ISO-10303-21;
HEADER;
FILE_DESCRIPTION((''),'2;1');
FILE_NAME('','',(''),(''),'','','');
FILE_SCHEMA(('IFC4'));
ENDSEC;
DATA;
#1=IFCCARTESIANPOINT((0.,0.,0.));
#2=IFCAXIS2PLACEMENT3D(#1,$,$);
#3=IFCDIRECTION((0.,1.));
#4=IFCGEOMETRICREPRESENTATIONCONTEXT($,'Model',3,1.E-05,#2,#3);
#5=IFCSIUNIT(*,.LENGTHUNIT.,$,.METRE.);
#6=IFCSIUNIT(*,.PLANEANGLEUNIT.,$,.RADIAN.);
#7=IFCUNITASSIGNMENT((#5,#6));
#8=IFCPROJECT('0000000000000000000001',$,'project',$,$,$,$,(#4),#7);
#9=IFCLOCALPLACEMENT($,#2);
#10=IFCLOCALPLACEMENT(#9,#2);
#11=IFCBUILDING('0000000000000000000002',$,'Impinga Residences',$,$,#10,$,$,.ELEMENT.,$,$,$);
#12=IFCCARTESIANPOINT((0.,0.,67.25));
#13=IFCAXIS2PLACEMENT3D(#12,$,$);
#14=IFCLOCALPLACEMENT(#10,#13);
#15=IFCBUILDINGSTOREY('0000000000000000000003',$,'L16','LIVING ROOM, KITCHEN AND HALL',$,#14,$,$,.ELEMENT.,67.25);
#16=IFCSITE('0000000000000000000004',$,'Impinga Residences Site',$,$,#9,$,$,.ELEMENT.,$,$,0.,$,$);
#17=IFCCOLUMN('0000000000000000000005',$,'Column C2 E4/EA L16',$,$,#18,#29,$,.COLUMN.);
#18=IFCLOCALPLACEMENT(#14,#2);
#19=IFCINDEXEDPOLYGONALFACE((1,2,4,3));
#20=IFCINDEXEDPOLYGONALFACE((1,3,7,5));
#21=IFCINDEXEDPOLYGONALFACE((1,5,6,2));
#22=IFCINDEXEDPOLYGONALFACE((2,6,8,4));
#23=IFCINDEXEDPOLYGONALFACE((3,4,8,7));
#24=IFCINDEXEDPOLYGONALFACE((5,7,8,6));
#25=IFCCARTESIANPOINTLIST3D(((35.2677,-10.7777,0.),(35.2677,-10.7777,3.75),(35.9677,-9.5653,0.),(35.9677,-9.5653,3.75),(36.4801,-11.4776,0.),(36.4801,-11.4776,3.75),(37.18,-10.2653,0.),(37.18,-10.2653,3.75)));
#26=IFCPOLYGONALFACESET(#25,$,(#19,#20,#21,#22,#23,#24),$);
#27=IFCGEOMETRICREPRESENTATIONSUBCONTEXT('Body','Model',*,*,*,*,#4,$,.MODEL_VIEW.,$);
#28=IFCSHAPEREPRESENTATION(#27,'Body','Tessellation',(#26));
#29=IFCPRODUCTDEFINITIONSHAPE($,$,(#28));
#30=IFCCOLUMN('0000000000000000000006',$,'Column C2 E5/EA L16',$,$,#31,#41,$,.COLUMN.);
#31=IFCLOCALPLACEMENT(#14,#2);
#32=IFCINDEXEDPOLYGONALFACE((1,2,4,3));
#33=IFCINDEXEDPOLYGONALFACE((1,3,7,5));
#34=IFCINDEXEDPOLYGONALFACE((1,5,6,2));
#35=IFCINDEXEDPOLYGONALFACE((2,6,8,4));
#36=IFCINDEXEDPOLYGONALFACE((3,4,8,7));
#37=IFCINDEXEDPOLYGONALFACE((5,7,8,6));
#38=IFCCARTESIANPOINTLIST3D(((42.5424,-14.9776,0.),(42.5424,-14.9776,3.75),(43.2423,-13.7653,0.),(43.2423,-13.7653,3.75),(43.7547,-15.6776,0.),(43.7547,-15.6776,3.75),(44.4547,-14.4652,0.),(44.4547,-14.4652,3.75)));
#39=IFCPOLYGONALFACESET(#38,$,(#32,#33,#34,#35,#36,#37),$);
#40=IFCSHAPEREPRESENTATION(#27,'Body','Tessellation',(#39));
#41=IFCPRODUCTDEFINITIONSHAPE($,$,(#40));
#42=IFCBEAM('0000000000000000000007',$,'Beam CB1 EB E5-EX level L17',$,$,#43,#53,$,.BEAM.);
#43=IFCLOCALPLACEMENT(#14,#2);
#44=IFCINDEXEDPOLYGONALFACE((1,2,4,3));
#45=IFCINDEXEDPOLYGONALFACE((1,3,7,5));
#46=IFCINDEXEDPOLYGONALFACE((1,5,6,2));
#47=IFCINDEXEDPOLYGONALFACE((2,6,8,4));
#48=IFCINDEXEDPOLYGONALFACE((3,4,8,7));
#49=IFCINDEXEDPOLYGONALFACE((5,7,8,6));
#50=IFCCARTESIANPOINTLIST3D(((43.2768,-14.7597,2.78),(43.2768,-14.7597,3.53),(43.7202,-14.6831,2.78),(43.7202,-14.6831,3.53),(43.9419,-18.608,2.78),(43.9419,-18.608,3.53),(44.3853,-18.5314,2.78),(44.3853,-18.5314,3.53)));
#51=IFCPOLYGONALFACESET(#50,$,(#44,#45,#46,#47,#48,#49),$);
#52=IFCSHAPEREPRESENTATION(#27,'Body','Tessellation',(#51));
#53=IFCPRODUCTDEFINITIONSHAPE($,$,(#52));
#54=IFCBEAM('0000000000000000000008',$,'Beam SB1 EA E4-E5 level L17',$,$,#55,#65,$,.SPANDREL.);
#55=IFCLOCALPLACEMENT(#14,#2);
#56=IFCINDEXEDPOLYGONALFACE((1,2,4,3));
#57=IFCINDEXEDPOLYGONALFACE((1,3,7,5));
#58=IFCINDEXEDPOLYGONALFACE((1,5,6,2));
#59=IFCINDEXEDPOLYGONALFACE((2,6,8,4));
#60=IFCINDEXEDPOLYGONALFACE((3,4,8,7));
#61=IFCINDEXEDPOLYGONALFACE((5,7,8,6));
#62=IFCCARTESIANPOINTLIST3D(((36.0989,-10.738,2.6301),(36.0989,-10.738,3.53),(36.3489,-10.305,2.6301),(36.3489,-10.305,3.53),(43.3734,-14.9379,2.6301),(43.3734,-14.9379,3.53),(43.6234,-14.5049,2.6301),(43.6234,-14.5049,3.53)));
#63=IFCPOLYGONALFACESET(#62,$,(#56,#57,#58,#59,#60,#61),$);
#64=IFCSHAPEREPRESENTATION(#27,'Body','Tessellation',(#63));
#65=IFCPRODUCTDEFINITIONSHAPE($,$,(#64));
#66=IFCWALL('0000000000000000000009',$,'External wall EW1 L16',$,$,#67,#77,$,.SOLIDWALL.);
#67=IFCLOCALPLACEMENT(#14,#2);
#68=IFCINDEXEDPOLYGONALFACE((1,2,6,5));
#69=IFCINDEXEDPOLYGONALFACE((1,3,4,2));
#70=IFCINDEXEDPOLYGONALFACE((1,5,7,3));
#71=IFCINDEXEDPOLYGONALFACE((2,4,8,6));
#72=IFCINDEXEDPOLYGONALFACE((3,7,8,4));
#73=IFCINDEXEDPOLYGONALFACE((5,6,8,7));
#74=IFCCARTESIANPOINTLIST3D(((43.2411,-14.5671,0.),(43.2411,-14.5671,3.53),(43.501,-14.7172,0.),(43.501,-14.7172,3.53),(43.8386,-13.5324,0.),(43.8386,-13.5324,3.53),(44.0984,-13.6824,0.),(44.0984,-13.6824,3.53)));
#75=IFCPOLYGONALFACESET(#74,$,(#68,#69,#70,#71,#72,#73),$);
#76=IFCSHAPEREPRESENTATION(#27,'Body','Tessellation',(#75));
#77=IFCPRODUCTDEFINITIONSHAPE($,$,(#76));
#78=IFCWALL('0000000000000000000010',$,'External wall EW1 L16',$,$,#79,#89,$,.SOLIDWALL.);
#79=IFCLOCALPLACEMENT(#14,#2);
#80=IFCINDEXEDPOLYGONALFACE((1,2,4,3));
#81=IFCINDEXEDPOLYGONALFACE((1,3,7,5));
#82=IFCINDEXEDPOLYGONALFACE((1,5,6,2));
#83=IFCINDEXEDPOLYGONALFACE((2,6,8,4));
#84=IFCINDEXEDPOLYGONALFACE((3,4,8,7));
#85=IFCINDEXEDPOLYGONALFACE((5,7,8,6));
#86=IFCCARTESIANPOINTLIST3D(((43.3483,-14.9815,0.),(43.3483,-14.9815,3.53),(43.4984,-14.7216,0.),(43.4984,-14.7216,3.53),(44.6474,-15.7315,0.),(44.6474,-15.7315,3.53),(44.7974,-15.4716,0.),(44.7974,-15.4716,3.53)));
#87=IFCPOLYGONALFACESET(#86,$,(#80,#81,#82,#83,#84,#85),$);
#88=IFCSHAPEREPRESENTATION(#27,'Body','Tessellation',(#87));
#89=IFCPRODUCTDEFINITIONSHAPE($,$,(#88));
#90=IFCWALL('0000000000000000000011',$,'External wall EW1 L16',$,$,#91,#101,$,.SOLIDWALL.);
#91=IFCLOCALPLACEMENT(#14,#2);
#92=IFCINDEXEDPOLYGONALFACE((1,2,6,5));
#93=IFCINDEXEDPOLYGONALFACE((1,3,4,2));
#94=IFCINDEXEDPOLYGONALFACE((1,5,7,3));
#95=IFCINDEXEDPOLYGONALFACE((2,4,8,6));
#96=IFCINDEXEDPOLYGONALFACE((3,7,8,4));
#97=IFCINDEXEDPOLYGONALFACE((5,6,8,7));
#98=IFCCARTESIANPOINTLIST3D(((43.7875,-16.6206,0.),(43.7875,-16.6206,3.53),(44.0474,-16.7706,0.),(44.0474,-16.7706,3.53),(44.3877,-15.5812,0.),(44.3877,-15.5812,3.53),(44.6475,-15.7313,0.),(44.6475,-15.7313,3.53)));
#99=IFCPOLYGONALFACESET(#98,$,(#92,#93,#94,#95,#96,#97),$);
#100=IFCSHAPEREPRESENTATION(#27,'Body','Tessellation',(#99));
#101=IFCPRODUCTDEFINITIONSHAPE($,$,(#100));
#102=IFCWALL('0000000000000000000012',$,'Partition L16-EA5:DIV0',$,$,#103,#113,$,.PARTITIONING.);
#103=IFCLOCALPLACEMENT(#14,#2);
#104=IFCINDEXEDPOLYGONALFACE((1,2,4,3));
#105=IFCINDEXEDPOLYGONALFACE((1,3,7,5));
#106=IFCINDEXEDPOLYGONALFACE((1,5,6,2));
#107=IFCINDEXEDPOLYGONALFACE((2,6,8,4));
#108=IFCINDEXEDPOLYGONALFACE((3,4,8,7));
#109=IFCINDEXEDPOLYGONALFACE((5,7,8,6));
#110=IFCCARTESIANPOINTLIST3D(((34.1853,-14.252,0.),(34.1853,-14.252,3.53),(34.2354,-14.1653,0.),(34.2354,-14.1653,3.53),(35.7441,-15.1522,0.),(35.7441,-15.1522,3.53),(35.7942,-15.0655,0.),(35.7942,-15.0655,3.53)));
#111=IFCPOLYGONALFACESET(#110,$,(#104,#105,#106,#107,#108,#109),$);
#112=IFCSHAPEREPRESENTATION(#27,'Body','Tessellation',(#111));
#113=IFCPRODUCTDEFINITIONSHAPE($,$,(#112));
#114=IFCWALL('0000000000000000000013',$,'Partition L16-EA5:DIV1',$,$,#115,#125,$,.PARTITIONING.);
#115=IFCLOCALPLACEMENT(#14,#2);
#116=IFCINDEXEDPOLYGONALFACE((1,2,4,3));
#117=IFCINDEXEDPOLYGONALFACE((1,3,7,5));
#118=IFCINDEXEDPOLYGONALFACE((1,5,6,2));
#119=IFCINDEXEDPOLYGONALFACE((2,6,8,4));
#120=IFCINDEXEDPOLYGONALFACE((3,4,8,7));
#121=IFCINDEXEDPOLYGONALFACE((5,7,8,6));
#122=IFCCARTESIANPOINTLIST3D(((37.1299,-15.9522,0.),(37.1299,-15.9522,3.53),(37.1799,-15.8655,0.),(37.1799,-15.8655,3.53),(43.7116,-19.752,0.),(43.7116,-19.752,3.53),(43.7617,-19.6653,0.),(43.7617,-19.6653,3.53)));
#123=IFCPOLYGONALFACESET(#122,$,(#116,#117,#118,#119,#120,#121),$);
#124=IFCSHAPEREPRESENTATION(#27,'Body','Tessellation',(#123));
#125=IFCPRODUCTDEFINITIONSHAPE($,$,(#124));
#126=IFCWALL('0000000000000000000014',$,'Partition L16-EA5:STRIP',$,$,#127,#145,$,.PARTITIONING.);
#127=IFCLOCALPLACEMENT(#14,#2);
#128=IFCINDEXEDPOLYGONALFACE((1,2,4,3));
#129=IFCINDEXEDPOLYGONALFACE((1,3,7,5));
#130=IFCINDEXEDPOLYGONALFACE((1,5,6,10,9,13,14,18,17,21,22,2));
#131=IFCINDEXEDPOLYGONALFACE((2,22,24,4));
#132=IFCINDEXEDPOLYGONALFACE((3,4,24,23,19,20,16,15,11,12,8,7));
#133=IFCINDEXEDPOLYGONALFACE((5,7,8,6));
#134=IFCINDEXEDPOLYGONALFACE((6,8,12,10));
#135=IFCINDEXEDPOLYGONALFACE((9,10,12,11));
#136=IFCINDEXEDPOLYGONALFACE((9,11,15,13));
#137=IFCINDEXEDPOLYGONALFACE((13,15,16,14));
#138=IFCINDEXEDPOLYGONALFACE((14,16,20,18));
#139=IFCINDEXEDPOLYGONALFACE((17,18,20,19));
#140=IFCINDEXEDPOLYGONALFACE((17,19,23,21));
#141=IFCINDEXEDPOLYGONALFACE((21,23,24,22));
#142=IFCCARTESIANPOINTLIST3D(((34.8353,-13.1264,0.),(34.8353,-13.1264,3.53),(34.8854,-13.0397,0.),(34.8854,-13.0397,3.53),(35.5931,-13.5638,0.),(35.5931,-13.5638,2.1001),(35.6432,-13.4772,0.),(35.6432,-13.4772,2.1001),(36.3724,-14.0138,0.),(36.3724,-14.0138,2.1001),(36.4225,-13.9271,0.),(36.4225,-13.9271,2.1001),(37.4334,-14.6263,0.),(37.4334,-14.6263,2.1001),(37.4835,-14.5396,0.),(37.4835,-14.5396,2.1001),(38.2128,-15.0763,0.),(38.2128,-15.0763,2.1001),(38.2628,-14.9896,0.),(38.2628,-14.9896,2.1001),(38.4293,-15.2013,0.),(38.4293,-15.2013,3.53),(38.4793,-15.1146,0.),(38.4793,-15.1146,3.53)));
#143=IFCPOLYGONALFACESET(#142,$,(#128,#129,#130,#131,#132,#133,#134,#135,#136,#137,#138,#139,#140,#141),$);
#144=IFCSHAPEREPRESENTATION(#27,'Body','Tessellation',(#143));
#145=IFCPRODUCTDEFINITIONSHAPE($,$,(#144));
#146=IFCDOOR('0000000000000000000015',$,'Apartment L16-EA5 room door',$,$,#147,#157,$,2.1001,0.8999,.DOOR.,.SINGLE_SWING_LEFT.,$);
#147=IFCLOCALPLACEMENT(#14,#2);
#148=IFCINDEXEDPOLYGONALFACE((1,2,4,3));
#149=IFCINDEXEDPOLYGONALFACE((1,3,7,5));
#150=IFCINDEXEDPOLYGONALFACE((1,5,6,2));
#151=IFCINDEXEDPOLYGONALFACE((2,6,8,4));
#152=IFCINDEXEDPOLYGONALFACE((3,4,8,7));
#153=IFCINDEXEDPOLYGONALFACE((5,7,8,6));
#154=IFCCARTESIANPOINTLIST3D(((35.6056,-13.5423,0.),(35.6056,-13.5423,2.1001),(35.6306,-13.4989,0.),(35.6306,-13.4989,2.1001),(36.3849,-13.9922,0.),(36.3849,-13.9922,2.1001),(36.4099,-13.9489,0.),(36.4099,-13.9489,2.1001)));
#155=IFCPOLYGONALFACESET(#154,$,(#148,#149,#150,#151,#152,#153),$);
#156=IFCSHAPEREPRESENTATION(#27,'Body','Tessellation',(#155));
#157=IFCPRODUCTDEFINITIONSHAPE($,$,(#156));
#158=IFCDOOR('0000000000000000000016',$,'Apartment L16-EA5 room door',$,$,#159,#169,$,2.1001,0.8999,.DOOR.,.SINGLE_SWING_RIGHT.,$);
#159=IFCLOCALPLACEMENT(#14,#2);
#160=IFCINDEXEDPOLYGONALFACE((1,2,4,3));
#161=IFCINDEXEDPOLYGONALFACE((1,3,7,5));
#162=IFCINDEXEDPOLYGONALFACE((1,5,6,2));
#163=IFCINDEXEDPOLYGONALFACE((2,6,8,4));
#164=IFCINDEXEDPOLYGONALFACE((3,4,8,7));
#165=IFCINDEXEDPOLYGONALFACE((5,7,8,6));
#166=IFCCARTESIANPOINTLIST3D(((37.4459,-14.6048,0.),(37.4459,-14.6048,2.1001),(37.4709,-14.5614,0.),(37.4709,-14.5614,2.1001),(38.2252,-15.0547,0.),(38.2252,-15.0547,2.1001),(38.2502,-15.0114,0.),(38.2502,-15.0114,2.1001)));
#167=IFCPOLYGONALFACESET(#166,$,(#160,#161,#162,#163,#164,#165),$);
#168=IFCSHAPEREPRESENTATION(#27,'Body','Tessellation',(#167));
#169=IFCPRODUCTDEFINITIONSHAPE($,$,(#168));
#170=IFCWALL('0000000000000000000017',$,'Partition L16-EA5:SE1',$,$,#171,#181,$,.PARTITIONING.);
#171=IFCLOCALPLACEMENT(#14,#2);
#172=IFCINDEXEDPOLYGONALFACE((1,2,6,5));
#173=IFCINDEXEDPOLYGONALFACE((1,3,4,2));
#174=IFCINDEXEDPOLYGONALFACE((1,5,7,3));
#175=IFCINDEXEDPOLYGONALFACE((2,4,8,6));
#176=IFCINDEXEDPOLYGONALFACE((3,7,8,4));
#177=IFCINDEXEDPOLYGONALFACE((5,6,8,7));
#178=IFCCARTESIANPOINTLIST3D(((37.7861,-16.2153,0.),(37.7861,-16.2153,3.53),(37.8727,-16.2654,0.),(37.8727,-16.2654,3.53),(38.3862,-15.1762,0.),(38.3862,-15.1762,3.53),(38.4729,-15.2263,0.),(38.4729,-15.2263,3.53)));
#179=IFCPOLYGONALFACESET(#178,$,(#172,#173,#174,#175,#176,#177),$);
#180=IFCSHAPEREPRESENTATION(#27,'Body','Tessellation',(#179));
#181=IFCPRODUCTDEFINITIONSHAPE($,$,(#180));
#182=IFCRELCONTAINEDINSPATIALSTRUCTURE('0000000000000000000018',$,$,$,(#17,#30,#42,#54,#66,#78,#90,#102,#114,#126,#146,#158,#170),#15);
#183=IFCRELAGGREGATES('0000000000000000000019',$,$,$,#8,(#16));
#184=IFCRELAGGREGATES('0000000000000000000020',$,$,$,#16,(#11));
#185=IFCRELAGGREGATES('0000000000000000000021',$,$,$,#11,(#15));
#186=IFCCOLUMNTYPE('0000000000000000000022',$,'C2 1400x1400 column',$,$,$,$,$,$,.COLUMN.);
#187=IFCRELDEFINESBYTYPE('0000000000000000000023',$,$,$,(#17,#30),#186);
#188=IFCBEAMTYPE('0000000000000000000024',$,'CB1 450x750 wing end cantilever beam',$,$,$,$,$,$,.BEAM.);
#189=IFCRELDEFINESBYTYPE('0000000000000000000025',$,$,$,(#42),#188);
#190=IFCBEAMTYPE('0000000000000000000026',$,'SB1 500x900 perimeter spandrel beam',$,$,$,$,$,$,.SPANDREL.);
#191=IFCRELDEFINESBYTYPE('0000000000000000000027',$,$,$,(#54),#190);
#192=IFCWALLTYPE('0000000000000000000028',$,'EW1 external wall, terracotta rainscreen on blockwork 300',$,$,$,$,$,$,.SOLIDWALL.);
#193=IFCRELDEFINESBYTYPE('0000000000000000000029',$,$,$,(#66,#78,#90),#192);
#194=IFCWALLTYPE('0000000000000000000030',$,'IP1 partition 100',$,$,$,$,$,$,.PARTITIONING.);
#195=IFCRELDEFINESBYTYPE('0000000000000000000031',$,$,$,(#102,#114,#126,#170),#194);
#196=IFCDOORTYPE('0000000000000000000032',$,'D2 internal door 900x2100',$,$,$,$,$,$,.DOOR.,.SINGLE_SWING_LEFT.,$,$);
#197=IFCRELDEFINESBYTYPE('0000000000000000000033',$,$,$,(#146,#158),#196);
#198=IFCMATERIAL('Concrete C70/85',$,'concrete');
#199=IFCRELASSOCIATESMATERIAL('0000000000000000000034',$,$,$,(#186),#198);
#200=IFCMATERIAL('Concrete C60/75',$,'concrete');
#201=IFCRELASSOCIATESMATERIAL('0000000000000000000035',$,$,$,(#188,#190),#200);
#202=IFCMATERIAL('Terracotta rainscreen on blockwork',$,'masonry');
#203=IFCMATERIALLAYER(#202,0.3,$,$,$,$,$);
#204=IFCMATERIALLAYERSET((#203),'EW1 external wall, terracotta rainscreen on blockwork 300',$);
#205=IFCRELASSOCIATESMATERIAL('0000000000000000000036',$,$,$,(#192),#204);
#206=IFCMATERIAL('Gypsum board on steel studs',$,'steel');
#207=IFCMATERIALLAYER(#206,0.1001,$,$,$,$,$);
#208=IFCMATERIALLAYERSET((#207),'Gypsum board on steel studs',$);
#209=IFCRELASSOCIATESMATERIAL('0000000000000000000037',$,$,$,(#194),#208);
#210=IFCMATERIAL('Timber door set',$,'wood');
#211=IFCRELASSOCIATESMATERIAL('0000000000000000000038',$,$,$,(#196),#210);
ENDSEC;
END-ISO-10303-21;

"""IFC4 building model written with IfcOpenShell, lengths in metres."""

from ifc_helpers import new_model, si_unit, direction, frame, frame_2d, origin, origin_2d, place, context, subcontext, project, spatial, rectangle, extrude, material, layer, layer_set, material_profile, profile_set, type_object, element, fill, save


model = new_model("IFC4")

# Units and contexts
model_context = context("Model", 3, precision=1e-05, world=origin(), true_north=direction((0.0, 1.0)))
body_context = subcontext(model_context, "Body", "Model", "MODEL_VIEW")
ifc_project = project(units=[si_unit("LENGTHUNIT", "METRE"), si_unit("PLANEANGLEUNIT", "RADIAN")], contexts=[model_context])

# Site, building, storey
site_placement = place(None, origin())
site = spatial("IfcSite", under=ifc_project, at=site_placement, Name="Impinga Residences Site", CompositionType="ELEMENT", RefElevation=0.0)
building_placement = place(site_placement, origin())
building = spatial("IfcBuilding", under=site, at=building_placement, Name="Impinga Residences", CompositionType="ELEMENT")
storey_placement = place(building_placement, frame((0.0, 0.0, 67.25)))
storey = spatial("IfcBuildingStorey", under=building, at=storey_placement, Name="L16", Description="LIVING ROOM, KITCHEN AND HALL", CompositionType="ELEMENT", Elevation=67.25)

# Columns
ifc_material_1 = material(Name="Concrete C70/85", Category="concrete")
ifc_material_profile_1 = material_profile(ifc_material_1, rectangle(XDim=1.3999, YDim=1.3999, at=origin_2d()), Name="RC 1400x1400")
ifc_profile_set_1 = profile_set([ifc_material_profile_1], Name="Concrete C70/85")
column_type = type_object("IfcColumnType", Name="C2 1400x1400 column", PredefinedType="COLUMN", material=ifc_profile_set_1)
for number, where, z_axis, x_axis, name in (
    (1, (36.2239, -10.5215, 0.0), (0.0, 0.0, 1.0), (-0.5, -0.866025, 0.0), "Column C2 E4/EA L16"),
    (2, (43.4985, -14.7214, 0.0), (0.0, 0.0, 1.0), (-0.5, -0.866025, 0.0), "Column C2 E5/EA L16"),
):
    element("IfcColumn", number, at=place(storey_placement, frame(where, z_axis=z_axis, x_axis=x_axis)), inside=storey, type_object=column_type, Name=name, PredefinedType="COLUMN", context=body_context, shape_type="SweptSolid", body=[
        extrude(rectangle(XDim=1.3999, YDim=1.3999, at=origin_2d()), origin(), (0.0, 0.0, 1.0), 3.75),
    ])

# Beams
ifc_material_2 = material(Name="Concrete C60/75", Category="concrete")
ifc_material_profile_2 = material_profile(ifc_material_2, rectangle(XDim=0.45, YDim=0.75, at=origin_2d()), Name="RC 450x750")
ifc_profile_set_2 = profile_set([ifc_material_profile_2], Name="Concrete C60/75")
beam_type_1 = type_object("IfcBeamType", Name="CB1 450x750 wing end cantilever beam", PredefinedType="BEAM", material=ifc_profile_set_2)
beam_1_placement = place(storey_placement, frame((43.4985, -14.7214, 3.155), z_axis=(0.170296, -0.985393, 0.0), x_axis=(0.985393, 0.170296, 0.0)))
element("IfcBeam", 3, at=beam_1_placement, inside=storey, type_object=beam_type_1, Name="Beam CB1 EB E5-EX level L17", PredefinedType="BEAM", context=body_context, shape_type="SweptSolid", body=[
    extrude(rectangle(XDim=0.45, YDim=0.75, at=origin_2d()), origin(), (0.0, 0.0, 1.0), 3.9053),
])
ifc_material_profile_3 = material_profile(ifc_material_2, rectangle(XDim=0.5, YDim=0.8999, at=origin_2d()), Name="RC 500x900")
ifc_profile_set_3 = profile_set([ifc_material_profile_3], Name="Concrete C60/75")
beam_type_2 = type_object("IfcBeamType", Name="SB1 500x900 perimeter spandrel beam", PredefinedType="SPANDREL", material=ifc_profile_set_3)
beam_2_placement = place(storey_placement, frame((36.2239, -10.5215, 3.0801), z_axis=(0.866029, -0.499993, 0.0), x_axis=(0.499993, 0.866029, 0.0)))
element("IfcBeam", 4, at=beam_2_placement, inside=storey, type_object=beam_type_2, Name="Beam SB1 EA E4-E5 level L17", PredefinedType="SPANDREL", context=body_context, shape_type="SweptSolid", body=[
    extrude(rectangle(XDim=0.5, YDim=0.8999, at=origin_2d()), origin(), (0.0, 0.0, 1.0), 8.3999),
])

# Walls
ifc_material_3 = material(Name="Terracotta rainscreen on blockwork", Category="masonry")
ifc_layer_1 = layer(ifc_material_3, 0.3)
ifc_layer_set_1 = layer_set([ifc_layer_1], Name="EW1 external wall, terracotta rainscreen on blockwork 300")
wall_type_1 = type_object("IfcWallType", Name="EW1 external wall, terracotta rainscreen on blockwork 300", PredefinedType="SOLIDWALL", material=ifc_layer_set_1)
wall_1_placement = place(storey_placement, frame((43.9685, -13.6074, 0.0), z_axis=(0.0, 0.0, 1.0), x_axis=(-0.500029, -0.866009, 0.0)))
element("IfcWall", 5, at=wall_1_placement, inside=storey, type_object=wall_type_1, Name="External wall EW1 L16", PredefinedType="SOLIDWALL", context=body_context, shape_type="SweptSolid", body=[
    extrude(rectangle(XDim=1.1948, YDim=0.3, at=frame_2d((0.5974, 0.0))), origin(), (0.0, 0.0, 1.0), 3.53),
])
wall_2_placement = place(storey_placement, frame((43.4233, -14.8516, 0.0), z_axis=(0.0, 0.0, 1.0), x_axis=(0.866031, -0.49999, 0.0)))
element("IfcWall", 6, at=wall_2_placement, inside=storey, type_object=wall_type_1, Name="External wall EW1 L16", PredefinedType="SOLIDWALL", context=body_context, shape_type="SweptSolid", body=[
    extrude(rectangle(XDim=1.5, YDim=0.3, at=frame_2d((0.75, 0.0))), origin(), (0.0, 0.0, 1.0), 3.53),
])
wall_3_placement = place(storey_placement, frame((44.5176, -15.6562, 0.0), z_axis=(0.0, 0.0, 1.0), x_axis=(-0.500034, -0.866006, 0.0)))
element("IfcWall", 7, at=wall_3_placement, inside=storey, type_object=wall_type_1, Name="External wall EW1 L16", PredefinedType="SOLIDWALL", context=body_context, shape_type="SweptSolid", body=[
    extrude(rectangle(XDim=1.2002, YDim=0.3, at=frame_2d((0.6001, 0.0))), origin(), (0.0, 0.0, 1.0), 3.53),
])
ifc_material_4 = material(Name="Gypsum board on steel studs", Category="steel")
ifc_layer_2 = layer(ifc_material_4, 0.1001)
ifc_layer_set_2 = layer_set([ifc_layer_2], Name="Gypsum board on steel studs")
wall_type_2 = type_object("IfcWallType", Name="IP1 partition 100", PredefinedType="PARTITIONING", material=ifc_layer_set_2)
wall_4_placement = place(storey_placement, frame((34.2104, -14.2087, 0.0), z_axis=(0.0, 0.0, 1.0), x_axis=(0.865989, -0.500063, 0.0)))
element("IfcWall", 8, at=wall_4_placement, inside=storey, type_object=wall_type_2, Name="Partition L16-EA5:DIV0", PredefinedType="PARTITIONING", context=body_context, shape_type="SweptSolid", body=[
    extrude(rectangle(XDim=1.8, YDim=0.1001, at=frame_2d((0.8999, 0.0))), origin(), (0.0, 0.0, 1.0), 3.53),
])
wall_5_placement = place(storey_placement, frame((37.155, -15.9089, 0.0), z_axis=(0.0, 0.0, 1.0), x_axis=(0.866036, -0.499981, 0.0)))
element("IfcWall", 9, at=wall_5_placement, inside=storey, type_object=wall_type_2, Name="Partition L16-EA5:DIV1", PredefinedType="PARTITIONING", context=body_context, shape_type="SweptSolid", body=[
    extrude(rectangle(XDim=7.5999, YDim=0.1001, at=frame_2d((3.7998, 0.0))), origin(), (0.0, 0.0, 1.0), 3.53),
])

# Wall, openings, doors
wall_6_placement = place(storey_placement, frame((34.8604, -13.083, 0.0), z_axis=(0.0, 0.0, 1.0), x_axis=(0.86603, -0.499992, 0.0)))
wall_6 = element("IfcWall", 10, at=wall_6_placement, inside=storey, type_object=wall_type_2, Name="Partition L16-EA5:STRIP", PredefinedType="PARTITIONING", context=body_context, shape_type="SweptSolid", body=[
    extrude(rectangle(XDim=4.1499, YDim=0.1001, at=frame_2d((2.075, 0.0))), origin(), (0.0, 0.0, 1.0), 3.53),
])
opening_1_placement = place(wall_6_placement, frame((0.875, 0.0, 0.0)))
opening_1 = element("IfcOpeningElement", 11, at=opening_1_placement, cuts=wall_6, PredefinedType="OPENING", context=body_context, shape_type="SweptSolid", body=[
    extrude(rectangle(XDim=0.8999, YDim=2.1001, at=frame_2d((0.45, 1.05))), frame((0.0, 0.0601, 0.0), z_axis=(0.0, -1.0, 0.0), x_axis=(1.0, 0.0, 0.0)), (0.0, 0.0, 1.0), 0.1201),
])
opening_2_placement = place(wall_6_placement, frame((3.0, 0.0, 0.0)))
opening_2 = element("IfcOpeningElement", 12, at=opening_2_placement, cuts=wall_6, PredefinedType="OPENING", context=body_context, shape_type="SweptSolid", body=[
    extrude(rectangle(XDim=0.8999, YDim=2.1001, at=frame_2d((0.45, 1.05))), frame((0.0, 0.0601, 0.0), z_axis=(0.0, -1.0, 0.0), x_axis=(1.0, 0.0, 0.0)), (0.0, 0.0, 1.0), 0.1201),
])
ifc_material_5 = material(Name="Timber door set", Category="wood")
door_type = type_object("IfcDoorType", Name="D2 internal door 900x2100", OperationType="SINGLE_SWING_LEFT", PredefinedType="DOOR", material=ifc_material_5)
door_1_placement = place(opening_1_placement, origin())
door_1 = element("IfcDoor", 13, at=door_1_placement, inside=storey, type_object=door_type, Name="Apartment L16-EA5 room door", OperationType="SINGLE_SWING_LEFT", OverallHeight=2.1001, OverallWidth=0.8999, PredefinedType="DOOR", context=body_context, shape_type="SweptSolid", body=[
    extrude(rectangle(XDim=0.8999, YDim=2.1001, at=frame_2d((0.45, 1.05))), frame((0.0, 0.0249, 0.0), z_axis=(0.0, -1.0, 0.0), x_axis=(1.0, 0.0, 0.0)), (0.0, 0.0, 1.0), 0.05),
])
fill(opening_1, door_1)
door_2_placement = place(opening_2_placement, origin())
door_2 = element("IfcDoor", 14, at=door_2_placement, inside=storey, type_object=door_type, Name="Apartment L16-EA5 room door", OperationType="SINGLE_SWING_RIGHT", OverallHeight=2.1001, OverallWidth=0.8999, PredefinedType="DOOR", context=body_context, shape_type="SweptSolid", body=[
    extrude(rectangle(XDim=0.8999, YDim=2.1001, at=frame_2d((0.45, 1.05))), frame((0.0, 0.0249, 0.0), z_axis=(0.0, -1.0, 0.0), x_axis=(1.0, 0.0, 0.0)), (0.0, 0.0, 1.0), 0.05),
])
fill(opening_2, door_2)

# Wall
wall_7_placement = place(storey_placement, frame((37.8293, -16.2405, 0.0), z_axis=(0.0, 0.0, 1.0), x_axis=(0.500122, 0.865955, 0.0)))
element("IfcWall", 15, at=wall_7_placement, inside=storey, type_object=wall_type_2, Name="Partition L16-EA5:SE1", PredefinedType="PARTITIONING", context=body_context, shape_type="SweptSolid", body=[
    extrude(rectangle(XDim=1.2, YDim=0.1001, at=frame_2d((0.6001, 0.0))), origin(), (0.0, 0.0, 1.0), 3.53),
])

save(model, "model.ifc")
